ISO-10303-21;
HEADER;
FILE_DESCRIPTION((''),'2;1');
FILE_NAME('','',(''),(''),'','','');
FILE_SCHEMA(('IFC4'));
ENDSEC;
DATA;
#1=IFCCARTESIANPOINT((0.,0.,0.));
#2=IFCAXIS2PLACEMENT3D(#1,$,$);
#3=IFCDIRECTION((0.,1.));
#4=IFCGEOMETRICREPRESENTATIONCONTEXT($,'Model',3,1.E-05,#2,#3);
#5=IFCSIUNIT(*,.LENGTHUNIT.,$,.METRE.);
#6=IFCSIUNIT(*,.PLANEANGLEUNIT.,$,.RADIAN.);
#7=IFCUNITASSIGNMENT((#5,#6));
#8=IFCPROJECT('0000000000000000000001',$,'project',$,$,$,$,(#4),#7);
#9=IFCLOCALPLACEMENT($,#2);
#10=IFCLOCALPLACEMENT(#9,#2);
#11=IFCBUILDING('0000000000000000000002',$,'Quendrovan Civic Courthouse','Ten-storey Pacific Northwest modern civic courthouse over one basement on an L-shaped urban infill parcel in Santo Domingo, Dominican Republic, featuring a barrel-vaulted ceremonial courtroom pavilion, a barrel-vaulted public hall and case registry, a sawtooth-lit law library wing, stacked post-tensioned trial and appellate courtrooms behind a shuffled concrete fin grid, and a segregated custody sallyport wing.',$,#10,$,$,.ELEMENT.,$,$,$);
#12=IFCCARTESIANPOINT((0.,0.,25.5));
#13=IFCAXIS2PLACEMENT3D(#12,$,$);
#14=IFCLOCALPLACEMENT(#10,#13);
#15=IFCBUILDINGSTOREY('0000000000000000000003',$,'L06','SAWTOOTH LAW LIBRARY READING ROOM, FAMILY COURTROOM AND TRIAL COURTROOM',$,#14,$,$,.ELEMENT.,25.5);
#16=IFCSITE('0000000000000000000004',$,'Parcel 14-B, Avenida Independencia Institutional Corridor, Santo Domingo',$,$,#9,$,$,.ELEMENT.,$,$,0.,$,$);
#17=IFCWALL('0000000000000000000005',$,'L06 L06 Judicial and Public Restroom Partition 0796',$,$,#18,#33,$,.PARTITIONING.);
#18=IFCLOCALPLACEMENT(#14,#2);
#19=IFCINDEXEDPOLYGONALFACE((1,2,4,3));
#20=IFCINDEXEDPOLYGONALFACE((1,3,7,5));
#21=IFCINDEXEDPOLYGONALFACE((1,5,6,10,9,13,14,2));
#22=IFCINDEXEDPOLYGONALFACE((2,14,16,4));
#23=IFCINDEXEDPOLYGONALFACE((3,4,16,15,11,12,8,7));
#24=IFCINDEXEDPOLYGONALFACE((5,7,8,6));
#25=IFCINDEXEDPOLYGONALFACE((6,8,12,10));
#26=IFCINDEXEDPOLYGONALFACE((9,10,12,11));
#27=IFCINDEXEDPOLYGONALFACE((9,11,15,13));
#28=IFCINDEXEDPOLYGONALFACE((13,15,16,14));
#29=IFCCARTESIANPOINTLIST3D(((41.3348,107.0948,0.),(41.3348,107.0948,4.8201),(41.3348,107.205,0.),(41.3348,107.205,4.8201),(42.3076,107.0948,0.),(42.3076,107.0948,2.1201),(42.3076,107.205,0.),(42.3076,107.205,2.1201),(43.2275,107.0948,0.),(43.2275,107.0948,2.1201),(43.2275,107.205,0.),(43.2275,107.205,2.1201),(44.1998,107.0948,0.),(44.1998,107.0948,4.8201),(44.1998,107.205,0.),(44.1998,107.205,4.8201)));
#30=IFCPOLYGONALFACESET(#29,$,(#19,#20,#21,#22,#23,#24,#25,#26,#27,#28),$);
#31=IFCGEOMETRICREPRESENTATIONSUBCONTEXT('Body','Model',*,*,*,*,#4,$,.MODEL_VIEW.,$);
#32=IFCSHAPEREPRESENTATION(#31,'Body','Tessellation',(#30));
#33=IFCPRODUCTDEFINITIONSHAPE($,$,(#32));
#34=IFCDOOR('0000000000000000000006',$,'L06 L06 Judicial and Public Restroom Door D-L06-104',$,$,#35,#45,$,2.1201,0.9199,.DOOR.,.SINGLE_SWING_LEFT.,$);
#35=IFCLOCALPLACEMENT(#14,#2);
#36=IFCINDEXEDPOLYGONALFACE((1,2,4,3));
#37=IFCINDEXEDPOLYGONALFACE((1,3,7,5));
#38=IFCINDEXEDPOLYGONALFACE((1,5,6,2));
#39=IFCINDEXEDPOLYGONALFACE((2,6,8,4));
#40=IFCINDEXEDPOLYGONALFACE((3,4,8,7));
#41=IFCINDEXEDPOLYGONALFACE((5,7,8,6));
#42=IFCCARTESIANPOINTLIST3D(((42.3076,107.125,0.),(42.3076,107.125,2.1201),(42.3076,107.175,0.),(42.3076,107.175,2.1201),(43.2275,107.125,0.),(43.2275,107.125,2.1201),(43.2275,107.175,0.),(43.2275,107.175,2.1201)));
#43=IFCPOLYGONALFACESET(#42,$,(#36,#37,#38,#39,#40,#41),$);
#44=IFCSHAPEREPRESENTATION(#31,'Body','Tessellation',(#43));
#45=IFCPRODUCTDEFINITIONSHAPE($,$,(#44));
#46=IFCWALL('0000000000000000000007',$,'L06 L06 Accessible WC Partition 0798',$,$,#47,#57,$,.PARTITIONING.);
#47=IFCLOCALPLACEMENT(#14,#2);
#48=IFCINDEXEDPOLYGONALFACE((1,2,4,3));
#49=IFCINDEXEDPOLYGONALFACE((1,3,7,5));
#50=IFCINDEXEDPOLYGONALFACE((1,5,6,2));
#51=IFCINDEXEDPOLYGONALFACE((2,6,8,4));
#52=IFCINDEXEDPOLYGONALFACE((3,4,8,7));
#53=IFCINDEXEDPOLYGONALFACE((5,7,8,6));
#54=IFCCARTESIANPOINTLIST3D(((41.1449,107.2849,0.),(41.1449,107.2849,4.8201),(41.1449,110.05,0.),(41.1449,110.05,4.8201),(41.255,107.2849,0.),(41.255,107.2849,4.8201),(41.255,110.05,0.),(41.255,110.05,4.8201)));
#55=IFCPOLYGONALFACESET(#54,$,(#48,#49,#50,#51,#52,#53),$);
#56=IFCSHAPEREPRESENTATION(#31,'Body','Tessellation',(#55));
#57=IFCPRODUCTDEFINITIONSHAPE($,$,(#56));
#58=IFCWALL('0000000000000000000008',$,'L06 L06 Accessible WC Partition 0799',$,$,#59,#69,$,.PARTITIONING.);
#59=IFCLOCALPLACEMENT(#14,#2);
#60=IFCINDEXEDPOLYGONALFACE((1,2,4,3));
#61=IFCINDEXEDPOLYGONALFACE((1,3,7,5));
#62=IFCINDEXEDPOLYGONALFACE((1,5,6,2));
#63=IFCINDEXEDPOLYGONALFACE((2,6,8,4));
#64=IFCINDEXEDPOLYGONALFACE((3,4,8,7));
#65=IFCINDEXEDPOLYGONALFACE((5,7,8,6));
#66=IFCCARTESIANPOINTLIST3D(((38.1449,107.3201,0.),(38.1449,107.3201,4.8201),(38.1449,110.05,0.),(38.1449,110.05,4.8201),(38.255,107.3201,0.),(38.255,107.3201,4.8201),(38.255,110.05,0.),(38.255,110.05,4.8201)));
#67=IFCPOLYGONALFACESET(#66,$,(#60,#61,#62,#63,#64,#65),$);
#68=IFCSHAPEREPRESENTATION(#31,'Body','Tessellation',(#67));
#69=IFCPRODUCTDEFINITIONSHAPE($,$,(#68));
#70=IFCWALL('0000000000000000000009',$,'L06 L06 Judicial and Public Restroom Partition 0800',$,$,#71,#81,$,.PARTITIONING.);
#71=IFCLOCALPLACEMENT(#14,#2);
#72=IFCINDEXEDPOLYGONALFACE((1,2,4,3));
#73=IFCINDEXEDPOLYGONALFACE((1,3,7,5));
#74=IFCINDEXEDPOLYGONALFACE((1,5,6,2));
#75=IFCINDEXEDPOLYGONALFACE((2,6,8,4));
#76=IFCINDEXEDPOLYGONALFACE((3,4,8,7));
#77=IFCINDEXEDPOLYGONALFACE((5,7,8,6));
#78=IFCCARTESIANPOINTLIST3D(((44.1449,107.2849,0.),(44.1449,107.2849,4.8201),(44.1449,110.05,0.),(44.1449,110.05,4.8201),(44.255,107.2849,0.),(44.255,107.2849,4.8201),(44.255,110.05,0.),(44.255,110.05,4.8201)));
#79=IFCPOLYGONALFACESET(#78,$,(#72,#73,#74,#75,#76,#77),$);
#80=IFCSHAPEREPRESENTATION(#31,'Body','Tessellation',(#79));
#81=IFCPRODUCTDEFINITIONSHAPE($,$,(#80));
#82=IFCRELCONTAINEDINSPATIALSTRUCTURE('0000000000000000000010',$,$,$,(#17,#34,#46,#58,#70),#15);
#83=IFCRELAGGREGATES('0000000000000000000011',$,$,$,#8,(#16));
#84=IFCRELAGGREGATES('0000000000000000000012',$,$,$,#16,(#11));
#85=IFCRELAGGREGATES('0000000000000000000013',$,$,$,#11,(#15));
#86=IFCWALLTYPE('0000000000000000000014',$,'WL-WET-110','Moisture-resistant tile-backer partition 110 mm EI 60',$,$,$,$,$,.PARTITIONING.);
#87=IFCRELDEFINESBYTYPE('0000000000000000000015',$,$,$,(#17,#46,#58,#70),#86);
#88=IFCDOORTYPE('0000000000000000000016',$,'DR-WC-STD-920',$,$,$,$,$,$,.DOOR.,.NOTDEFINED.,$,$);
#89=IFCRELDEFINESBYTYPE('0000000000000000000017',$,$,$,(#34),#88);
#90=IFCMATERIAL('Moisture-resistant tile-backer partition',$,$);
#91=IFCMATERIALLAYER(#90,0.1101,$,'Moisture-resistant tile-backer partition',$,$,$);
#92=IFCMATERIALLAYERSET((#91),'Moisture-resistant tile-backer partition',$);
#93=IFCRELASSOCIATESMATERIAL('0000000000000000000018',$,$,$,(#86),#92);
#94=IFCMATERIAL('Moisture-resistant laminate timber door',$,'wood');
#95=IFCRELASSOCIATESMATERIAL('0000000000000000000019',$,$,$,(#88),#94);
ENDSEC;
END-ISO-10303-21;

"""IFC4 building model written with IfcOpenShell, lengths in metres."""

from ifc_helpers import new_model, si_unit, direction, frame, frame_2d, origin, place, context, subcontext, project, spatial, rectangle, extrude, material, layer, layer_set, type_object, element, fill, save


model = new_model("IFC4")

# Units and contexts
model_context = context("Model", 3, precision=1e-05, world=origin(), true_north=direction((0.0, 1.0)))
body_context = subcontext(model_context, "Body", "Model", "MODEL_VIEW")
ifc_project = project(units=[si_unit("LENGTHUNIT", "METRE"), si_unit("PLANEANGLEUNIT", "RADIAN")], contexts=[model_context])

# Site, building, storey
site_placement = place(None, origin())
site = spatial("IfcSite", under=ifc_project, at=site_placement, Name="Parcel 14-B, Avenida Independencia Institutional Corridor, Santo Domingo", CompositionType="ELEMENT", RefElevation=0.0)
building_placement = place(site_placement, origin())
building = spatial("IfcBuilding", under=site, at=building_placement, Name="Quendrovan Civic Courthouse", Description="Ten-storey Pacific Northwest modern civic courthouse over one basement on an L-shaped urban infill parcel in Santo Domingo, Dominican Republic, featuring a barrel-vaulted ceremonial courtroom pavilion, a barrel-vaulted public hall and case registry, a sawtooth-lit law library wing, stacked post-tensioned trial and appellate courtrooms behind a shuffled concrete fin grid, and a segregated custody sallyport wing.", CompositionType="ELEMENT")
storey_placement = place(building_placement, frame((0.0, 0.0, 25.5)))
storey = spatial("IfcBuildingStorey", under=building, at=storey_placement, Name="L06", Description="SAWTOOTH LAW LIBRARY READING ROOM, FAMILY COURTROOM AND TRIAL COURTROOM", CompositionType="ELEMENT", Elevation=25.5)

# Wall, opening, door
ifc_material_1 = material(Name="Moisture-resistant tile-backer partition")
ifc_layer_1 = layer(ifc_material_1, 0.1101, Name="Moisture-resistant tile-backer partition")
ifc_layer_set_1 = layer_set([ifc_layer_1], Name="Moisture-resistant tile-backer partition")
wall_type_1 = type_object("IfcWallType", Name="WL-WET-110", Description="Moisture-resistant tile-backer partition 110 mm EI 60", PredefinedType="PARTITIONING", material=ifc_layer_set_1)
ifc_material_2 = material(Name="Moisture-resistant laminate timber door", Category="wood")
wall_1_placement = place(storey_placement, frame((44.2, 107.1499, 0.0), z_axis=(0.0, 0.0, 1.0), x_axis=(-1.0, 0.0, 0.0)))
wall_1 = element("IfcWall", 1, at=wall_1_placement, inside=storey, type_object=wall_type_1, Name="L06 L06 Judicial and Public Restroom Partition 0796", PredefinedType="PARTITIONING", context=body_context, shape_type="SweptSolid", body=[
    extrude(rectangle(XDim=2.865, YDim=0.1101, at=frame_2d((1.4326, 0.0))), origin(), (0.0, 0.0, 1.0), 4.8201),
])
opening_1_placement = place(wall_1_placement, frame((0.9724, 0.0, 0.0)))
opening_1 = element("IfcOpeningElement", 2, at=opening_1_placement, cuts=wall_1, PredefinedType="OPENING", context=body_context, shape_type="SweptSolid", body=[
    extrude(rectangle(XDim=0.9199, YDim=2.1201, at=frame_2d((0.46, 1.0601))), frame((0.0, 0.0649, 0.0), z_axis=(0.0, -1.0, 0.0), x_axis=(1.0, 0.0, 0.0)), (0.0, 0.0, 1.0), 0.1301),
])
door_type_1 = type_object("IfcDoorType", Name="DR-WC-STD-920", OperationType="NOTDEFINED", PredefinedType="DOOR", material=ifc_material_2)
door_1_placement = place(opening_1_placement, origin())
door_1 = element("IfcDoor", 3, at=door_1_placement, inside=storey, type_object=door_type_1, Name="L06 L06 Judicial and Public Restroom Door D-L06-104", OperationType="SINGLE_SWING_LEFT", OverallHeight=2.1201, OverallWidth=0.9199, PredefinedType="DOOR", context=body_context, shape_type="SweptSolid", body=[
    extrude(rectangle(XDim=0.9199, YDim=2.1201, at=frame_2d((0.46, 1.0601))), frame((0.0, 0.0249, 0.0), z_axis=(0.0, -1.0, 0.0), x_axis=(1.0, 0.0, 0.0)), (0.0, 0.0, 1.0), 0.05),
])
fill(opening_1, door_1)

# Walls
wall_2_placement = place(storey_placement, frame((41.2, 110.05, 0.0), z_axis=(0.0, 0.0, 1.0), x_axis=(0.0, -1.0, 0.0)))
element("IfcWall", 4, at=wall_2_placement, inside=storey, type_object=wall_type_1, Name="L06 L06 Accessible WC Partition 0798", PredefinedType="PARTITIONING", context=body_context, shape_type="SweptSolid", body=[
    extrude(rectangle(XDim=2.7651, YDim=0.1101, at=frame_2d((1.3826, 0.0))), origin(), (0.0, 0.0, 1.0), 4.8201),
])
wall_3_placement = place(storey_placement, frame((38.2, 107.3201, 0.0), z_axis=(0.0, 0.0, 1.0), x_axis=(0.0, 1.0, 0.0)))
element("IfcWall", 5, at=wall_3_placement, inside=storey, type_object=wall_type_1, Name="L06 L06 Accessible WC Partition 0799", PredefinedType="PARTITIONING", context=body_context, shape_type="SweptSolid", body=[
    extrude(rectangle(XDim=2.73, YDim=0.1101, at=frame_2d((1.365, 0.0))), origin(), (0.0, 0.0, 1.0), 4.8201),
])
wall_4_placement = place(storey_placement, frame((44.2, 110.05, 0.0), z_axis=(0.0, 0.0, 1.0), x_axis=(0.0, -1.0, 0.0)))
element("IfcWall", 6, at=wall_4_placement, inside=storey, type_object=wall_type_1, Name="L06 L06 Judicial and Public Restroom Partition 0800", PredefinedType="PARTITIONING", context=body_context, shape_type="SweptSolid", body=[
    extrude(rectangle(XDim=2.7651, YDim=0.1101, at=frame_2d((1.3826, 0.0))), origin(), (0.0, 0.0, 1.0), 4.8201),
])

save(model, "model.ifc")
